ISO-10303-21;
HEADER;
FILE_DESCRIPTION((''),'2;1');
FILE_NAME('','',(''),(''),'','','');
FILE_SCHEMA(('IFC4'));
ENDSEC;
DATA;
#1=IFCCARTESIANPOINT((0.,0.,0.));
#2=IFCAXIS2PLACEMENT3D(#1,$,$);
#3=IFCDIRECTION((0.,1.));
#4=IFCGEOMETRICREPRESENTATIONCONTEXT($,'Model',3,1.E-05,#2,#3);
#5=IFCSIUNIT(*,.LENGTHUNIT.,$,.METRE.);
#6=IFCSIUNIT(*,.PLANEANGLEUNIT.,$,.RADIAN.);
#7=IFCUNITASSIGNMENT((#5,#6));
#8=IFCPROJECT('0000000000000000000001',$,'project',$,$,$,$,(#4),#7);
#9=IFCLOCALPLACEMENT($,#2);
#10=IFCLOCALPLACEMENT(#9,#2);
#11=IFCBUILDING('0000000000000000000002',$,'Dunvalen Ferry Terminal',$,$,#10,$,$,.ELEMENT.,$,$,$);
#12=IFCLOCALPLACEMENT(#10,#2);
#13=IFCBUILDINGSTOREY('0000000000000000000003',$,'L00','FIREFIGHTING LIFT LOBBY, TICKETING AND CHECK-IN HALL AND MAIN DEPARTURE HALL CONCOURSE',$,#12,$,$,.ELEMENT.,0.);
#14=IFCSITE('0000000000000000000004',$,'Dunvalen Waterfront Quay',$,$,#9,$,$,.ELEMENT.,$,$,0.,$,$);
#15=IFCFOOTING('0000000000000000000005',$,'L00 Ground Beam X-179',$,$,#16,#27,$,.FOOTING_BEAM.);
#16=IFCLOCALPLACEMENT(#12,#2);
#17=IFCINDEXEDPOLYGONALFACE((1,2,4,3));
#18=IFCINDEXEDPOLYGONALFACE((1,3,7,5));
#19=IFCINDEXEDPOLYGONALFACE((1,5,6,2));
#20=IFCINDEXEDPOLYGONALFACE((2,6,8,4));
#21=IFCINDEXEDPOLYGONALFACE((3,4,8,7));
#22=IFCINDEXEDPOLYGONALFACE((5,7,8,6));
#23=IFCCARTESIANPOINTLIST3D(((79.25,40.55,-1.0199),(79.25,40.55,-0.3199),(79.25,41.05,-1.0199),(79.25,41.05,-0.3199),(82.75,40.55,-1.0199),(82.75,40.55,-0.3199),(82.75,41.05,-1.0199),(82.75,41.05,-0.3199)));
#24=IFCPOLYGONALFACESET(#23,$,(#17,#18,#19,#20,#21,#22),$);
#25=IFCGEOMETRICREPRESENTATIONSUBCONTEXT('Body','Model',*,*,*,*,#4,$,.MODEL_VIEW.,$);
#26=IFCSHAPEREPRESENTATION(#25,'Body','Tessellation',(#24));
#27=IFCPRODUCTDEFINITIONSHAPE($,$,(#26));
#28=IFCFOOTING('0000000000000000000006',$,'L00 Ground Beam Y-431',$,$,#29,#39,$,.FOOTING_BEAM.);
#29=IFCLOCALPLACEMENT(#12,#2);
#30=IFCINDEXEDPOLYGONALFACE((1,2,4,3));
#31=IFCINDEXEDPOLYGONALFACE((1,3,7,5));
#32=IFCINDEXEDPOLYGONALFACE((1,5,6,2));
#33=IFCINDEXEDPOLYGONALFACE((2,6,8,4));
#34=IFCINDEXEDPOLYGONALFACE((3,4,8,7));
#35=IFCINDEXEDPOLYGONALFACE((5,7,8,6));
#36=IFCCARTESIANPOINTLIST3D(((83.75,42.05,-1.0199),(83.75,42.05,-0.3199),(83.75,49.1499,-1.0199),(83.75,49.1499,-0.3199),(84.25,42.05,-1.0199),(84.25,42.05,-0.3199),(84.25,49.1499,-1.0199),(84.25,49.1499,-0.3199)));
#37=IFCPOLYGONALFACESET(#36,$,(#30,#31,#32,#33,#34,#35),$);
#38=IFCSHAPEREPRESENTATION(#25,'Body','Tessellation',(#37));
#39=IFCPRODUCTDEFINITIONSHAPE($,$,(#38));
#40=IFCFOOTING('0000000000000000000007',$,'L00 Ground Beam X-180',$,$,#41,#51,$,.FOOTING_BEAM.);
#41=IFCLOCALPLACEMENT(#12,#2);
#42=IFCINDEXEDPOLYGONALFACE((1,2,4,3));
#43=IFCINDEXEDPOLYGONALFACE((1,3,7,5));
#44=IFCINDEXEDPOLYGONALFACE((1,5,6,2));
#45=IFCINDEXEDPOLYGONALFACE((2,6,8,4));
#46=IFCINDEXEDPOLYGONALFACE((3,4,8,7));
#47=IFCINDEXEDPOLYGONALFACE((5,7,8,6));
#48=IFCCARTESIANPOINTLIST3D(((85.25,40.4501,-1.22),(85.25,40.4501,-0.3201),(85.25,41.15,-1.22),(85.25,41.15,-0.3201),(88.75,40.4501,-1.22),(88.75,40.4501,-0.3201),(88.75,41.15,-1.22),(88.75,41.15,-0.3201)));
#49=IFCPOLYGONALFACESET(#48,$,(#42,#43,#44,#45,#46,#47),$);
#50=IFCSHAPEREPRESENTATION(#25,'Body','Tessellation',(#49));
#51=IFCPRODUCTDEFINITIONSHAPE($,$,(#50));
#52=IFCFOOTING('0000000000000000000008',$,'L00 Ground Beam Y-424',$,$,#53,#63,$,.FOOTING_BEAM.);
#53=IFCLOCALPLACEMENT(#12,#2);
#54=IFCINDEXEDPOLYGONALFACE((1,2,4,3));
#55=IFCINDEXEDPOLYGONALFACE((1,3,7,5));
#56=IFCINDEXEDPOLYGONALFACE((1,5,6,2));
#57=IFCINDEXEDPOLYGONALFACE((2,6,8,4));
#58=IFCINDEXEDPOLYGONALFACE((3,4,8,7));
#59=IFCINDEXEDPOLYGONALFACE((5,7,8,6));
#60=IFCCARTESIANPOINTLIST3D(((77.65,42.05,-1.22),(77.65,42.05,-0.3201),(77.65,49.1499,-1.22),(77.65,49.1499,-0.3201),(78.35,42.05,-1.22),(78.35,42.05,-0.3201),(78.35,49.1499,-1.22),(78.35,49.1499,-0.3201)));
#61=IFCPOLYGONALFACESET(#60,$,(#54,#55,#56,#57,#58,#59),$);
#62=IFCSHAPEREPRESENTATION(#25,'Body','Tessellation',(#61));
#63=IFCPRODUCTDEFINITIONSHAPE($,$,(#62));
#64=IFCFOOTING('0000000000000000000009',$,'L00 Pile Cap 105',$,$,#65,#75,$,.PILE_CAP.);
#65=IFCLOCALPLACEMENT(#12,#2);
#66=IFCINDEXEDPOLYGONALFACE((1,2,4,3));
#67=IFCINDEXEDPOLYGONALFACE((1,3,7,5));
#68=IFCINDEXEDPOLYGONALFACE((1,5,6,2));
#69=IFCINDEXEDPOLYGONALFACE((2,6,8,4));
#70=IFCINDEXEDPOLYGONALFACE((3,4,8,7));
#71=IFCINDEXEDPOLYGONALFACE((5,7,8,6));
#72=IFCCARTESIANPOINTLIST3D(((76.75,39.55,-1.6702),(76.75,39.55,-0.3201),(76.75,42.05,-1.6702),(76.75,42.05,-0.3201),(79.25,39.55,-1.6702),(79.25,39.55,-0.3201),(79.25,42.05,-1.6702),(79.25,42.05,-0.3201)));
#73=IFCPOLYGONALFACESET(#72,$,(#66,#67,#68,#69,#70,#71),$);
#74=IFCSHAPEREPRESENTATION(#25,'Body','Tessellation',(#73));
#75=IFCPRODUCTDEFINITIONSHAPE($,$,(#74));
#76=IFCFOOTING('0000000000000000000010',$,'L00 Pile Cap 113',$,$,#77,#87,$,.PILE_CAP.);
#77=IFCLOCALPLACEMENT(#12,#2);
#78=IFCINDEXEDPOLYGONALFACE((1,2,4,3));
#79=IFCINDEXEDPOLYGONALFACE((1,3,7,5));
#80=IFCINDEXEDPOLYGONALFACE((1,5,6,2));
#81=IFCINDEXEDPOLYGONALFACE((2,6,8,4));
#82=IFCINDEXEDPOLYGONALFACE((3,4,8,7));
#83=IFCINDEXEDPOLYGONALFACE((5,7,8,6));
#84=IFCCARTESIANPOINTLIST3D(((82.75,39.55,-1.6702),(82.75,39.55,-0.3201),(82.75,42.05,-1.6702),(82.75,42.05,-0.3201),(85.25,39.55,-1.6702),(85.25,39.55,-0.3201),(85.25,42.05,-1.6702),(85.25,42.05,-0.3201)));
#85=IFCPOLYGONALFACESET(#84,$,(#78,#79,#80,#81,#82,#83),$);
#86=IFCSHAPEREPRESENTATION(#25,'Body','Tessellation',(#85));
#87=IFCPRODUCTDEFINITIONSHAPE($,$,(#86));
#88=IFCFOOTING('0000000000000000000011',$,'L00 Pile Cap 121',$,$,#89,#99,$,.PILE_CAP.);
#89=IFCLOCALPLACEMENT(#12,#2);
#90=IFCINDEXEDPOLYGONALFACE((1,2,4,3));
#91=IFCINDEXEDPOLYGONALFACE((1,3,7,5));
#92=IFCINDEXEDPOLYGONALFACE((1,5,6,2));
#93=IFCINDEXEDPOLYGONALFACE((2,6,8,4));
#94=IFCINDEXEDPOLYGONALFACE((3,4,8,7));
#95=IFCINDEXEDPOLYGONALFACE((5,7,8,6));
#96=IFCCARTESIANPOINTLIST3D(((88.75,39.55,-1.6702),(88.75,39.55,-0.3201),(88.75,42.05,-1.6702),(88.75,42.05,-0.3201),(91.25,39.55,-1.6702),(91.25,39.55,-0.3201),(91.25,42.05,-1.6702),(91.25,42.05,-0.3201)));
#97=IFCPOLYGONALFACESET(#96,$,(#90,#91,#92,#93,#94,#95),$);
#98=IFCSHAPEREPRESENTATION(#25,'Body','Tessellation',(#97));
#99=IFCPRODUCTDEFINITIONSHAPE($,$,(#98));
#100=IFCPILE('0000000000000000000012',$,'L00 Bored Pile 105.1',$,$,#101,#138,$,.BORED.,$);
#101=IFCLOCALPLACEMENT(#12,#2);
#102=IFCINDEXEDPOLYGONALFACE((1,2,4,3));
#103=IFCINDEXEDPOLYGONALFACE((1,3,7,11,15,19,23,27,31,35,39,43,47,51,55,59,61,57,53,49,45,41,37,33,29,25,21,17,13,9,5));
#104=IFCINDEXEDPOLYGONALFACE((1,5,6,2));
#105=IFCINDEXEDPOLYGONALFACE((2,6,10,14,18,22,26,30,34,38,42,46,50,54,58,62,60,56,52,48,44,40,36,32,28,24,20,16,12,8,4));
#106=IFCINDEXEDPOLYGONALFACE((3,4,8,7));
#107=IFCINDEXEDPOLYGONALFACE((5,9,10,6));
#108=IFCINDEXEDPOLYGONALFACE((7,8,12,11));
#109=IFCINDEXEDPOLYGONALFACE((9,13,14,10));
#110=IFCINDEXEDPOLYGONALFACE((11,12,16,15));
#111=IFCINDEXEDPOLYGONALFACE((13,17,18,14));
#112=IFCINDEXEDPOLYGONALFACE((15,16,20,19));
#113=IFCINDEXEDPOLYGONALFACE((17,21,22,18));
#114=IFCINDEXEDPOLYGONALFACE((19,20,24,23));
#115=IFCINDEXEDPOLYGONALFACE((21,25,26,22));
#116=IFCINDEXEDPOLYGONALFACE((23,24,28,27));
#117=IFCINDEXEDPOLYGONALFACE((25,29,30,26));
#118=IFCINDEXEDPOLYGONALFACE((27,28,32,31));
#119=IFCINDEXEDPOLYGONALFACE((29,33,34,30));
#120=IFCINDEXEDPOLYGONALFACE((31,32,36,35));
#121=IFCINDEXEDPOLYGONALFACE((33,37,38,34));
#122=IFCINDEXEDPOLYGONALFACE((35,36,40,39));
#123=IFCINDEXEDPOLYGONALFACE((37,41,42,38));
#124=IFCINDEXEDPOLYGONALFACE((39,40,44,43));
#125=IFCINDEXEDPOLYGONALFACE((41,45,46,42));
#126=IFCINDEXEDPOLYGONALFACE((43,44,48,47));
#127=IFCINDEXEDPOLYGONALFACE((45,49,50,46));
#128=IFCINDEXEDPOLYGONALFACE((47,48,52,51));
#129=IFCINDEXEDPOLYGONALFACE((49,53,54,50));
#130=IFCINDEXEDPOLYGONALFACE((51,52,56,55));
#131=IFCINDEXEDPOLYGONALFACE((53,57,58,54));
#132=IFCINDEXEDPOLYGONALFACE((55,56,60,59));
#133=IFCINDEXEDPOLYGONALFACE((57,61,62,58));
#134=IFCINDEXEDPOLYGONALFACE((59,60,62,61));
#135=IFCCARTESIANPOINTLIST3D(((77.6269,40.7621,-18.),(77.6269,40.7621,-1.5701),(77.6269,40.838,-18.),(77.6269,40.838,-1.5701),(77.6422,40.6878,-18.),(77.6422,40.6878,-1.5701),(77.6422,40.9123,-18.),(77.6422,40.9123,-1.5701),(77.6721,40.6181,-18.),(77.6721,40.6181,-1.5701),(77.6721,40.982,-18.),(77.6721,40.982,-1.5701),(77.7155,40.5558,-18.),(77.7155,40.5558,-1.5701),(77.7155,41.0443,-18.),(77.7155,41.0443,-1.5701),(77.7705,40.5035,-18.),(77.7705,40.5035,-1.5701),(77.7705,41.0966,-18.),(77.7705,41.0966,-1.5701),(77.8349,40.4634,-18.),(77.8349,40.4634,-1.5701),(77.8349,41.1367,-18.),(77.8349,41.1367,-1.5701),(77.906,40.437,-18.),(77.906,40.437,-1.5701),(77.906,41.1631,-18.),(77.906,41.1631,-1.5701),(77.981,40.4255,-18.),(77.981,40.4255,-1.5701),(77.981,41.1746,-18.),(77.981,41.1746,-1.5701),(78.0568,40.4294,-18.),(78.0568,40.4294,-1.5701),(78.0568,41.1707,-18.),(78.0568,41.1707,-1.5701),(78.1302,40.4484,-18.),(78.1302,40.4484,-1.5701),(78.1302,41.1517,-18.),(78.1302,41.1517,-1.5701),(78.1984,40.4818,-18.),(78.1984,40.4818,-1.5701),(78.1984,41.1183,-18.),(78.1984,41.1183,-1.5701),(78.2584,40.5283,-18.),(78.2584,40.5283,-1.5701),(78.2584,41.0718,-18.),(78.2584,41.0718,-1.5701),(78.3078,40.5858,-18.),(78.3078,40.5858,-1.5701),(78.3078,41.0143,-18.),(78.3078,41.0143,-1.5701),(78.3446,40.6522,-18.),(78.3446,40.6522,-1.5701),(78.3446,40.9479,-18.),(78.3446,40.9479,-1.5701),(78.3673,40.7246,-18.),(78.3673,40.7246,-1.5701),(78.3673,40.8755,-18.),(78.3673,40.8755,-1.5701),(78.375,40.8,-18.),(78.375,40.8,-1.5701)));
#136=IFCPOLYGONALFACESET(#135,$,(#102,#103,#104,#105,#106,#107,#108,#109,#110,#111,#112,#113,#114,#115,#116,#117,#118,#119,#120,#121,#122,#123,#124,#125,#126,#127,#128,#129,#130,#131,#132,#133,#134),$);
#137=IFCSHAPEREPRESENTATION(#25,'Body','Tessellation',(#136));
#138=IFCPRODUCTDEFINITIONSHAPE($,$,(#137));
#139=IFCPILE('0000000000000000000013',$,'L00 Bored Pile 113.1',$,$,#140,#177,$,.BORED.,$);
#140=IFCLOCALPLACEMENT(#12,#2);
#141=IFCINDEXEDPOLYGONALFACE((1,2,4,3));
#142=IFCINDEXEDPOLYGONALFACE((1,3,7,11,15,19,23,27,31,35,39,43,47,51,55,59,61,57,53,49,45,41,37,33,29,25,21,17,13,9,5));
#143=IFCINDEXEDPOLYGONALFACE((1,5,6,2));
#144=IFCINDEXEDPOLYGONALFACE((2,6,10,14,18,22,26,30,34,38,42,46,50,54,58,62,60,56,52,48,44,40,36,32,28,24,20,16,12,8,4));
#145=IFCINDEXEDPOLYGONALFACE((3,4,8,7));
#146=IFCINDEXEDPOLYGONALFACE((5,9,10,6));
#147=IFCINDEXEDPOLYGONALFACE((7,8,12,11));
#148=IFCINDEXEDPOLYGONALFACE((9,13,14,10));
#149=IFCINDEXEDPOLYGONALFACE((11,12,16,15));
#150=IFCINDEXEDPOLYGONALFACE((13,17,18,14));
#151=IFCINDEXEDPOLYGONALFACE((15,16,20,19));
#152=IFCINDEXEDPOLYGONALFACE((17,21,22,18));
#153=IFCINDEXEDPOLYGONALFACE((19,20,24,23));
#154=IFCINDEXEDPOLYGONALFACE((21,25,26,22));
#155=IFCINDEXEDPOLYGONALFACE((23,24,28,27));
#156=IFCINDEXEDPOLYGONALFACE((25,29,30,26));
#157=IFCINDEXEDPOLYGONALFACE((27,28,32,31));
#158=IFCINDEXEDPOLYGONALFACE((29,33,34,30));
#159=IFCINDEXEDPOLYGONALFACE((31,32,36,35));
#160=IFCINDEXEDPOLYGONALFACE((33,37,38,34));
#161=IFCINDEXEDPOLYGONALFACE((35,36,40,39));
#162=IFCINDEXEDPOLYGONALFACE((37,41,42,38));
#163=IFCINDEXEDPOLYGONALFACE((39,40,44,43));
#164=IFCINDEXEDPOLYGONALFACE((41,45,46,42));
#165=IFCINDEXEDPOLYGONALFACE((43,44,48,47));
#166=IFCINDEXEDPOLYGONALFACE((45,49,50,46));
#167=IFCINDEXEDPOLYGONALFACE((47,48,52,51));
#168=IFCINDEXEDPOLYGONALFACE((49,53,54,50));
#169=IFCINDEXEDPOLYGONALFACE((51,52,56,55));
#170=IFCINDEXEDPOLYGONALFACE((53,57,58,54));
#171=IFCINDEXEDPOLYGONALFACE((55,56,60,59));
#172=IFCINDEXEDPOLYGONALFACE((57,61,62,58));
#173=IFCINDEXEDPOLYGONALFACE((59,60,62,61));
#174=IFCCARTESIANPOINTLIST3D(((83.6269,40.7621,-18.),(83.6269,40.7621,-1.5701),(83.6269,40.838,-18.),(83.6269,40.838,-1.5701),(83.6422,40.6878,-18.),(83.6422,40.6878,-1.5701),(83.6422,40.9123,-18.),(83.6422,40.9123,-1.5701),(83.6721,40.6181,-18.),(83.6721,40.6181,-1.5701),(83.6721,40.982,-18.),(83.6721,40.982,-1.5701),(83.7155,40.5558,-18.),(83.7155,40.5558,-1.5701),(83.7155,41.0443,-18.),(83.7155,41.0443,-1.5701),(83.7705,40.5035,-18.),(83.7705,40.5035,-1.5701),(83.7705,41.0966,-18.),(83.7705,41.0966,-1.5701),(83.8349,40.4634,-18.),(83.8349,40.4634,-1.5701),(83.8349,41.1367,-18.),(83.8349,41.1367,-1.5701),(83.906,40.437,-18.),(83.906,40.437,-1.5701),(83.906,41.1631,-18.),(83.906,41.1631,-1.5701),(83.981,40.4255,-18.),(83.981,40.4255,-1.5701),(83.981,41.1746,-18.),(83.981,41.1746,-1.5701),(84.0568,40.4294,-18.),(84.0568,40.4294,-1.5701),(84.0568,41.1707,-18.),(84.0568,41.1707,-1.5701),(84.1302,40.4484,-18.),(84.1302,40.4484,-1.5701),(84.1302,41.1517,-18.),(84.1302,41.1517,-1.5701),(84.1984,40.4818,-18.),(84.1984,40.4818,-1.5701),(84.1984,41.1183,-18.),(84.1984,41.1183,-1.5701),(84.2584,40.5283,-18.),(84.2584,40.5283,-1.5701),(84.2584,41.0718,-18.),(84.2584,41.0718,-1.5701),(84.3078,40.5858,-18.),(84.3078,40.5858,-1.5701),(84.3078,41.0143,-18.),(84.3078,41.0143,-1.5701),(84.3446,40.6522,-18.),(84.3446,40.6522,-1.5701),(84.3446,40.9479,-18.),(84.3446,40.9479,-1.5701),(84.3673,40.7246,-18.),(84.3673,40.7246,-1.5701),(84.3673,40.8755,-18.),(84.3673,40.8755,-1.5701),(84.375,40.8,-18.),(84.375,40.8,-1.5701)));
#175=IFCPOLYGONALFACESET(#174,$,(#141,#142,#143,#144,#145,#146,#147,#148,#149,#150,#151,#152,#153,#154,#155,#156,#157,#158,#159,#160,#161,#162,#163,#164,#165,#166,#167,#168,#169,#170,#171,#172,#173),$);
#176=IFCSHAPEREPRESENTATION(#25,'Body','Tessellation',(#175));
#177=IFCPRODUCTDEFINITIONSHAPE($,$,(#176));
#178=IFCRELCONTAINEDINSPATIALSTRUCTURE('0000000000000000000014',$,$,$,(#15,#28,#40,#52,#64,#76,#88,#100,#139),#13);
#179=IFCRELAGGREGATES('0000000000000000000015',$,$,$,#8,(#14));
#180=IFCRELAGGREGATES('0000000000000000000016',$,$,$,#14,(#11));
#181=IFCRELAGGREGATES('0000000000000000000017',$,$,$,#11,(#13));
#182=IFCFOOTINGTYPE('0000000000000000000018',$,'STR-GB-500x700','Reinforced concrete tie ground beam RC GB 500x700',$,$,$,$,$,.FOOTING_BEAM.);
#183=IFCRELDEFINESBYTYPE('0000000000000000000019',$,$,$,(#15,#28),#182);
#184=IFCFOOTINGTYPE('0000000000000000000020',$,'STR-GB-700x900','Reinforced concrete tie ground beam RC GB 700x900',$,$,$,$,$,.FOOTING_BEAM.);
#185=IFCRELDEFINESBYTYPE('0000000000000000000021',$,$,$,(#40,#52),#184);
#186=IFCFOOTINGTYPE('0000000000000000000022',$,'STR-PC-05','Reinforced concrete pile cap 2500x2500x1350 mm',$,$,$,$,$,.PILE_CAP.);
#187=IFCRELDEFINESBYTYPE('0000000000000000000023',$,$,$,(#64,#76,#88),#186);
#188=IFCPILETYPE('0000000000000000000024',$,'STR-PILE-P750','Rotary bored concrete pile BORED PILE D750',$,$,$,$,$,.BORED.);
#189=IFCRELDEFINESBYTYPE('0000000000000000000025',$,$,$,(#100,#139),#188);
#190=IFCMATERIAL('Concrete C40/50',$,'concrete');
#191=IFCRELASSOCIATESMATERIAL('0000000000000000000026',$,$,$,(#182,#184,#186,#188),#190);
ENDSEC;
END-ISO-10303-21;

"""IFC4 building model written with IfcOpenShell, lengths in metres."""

from ifc_helpers import new_model, si_unit, direction, frame, origin, origin_2d, place, context, subcontext, project, spatial, rectangle, circle, extrude, material, material_profile, profile_set, type_object, element, save


model = new_model("IFC4")

# Units and contexts
model_context = context("Model", 3, precision=1e-05, world=origin(), true_north=direction((0.0, 1.0)))
body_context = subcontext(model_context, "Body", "Model", "MODEL_VIEW")
ifc_project = project(units=[si_unit("LENGTHUNIT", "METRE"), si_unit("PLANEANGLEUNIT", "RADIAN")], contexts=[model_context])

# Site, building, storey
site_placement = place(None, origin())
site = spatial("IfcSite", under=ifc_project, at=site_placement, Name="Dunvalen Waterfront Quay", CompositionType="ELEMENT", RefElevation=0.0)
building_placement = place(site_placement, origin())
building = spatial("IfcBuilding", under=site, at=building_placement, Name="Dunvalen Ferry Terminal", CompositionType="ELEMENT")
storey_placement = place(building_placement, origin())
storey = spatial("IfcBuildingStorey", under=building, at=storey_placement, Name="L00", Description="FIREFIGHTING LIFT LOBBY, TICKETING AND CHECK-IN HALL AND MAIN DEPARTURE HALL CONCOURSE", CompositionType="ELEMENT", Elevation=0.0)

# Footings
ifc_material_1 = material(Name="Concrete C40/50", Category="concrete")
ifc_material_profile_1 = material_profile(ifc_material_1, rectangle(XDim=0.5, YDim=0.7, at=origin_2d()), Name="Concrete C40/50")
ifc_profile_set_1 = profile_set([ifc_material_profile_1], Name="Concrete C40/50")
footing_type_1 = type_object("IfcFootingType", Name="STR-GB-500x700", Description="Reinforced concrete tie ground beam RC GB 500x700", PredefinedType="FOOTING_BEAM", material=ifc_profile_set_1)
footing_1_placement = place(storey_placement, frame((79.25, 40.8, -0.6699), z_axis=(1.0, 0.0, 0.0), x_axis=(0.0, 1.0, 0.0)))
element("IfcFooting", 1, at=footing_1_placement, inside=storey, type_object=footing_type_1, Name="L00 Ground Beam X-179", PredefinedType="FOOTING_BEAM", context=body_context, shape_type="SweptSolid", body=[
    extrude(rectangle(XDim=0.5, YDim=0.7, at=origin_2d()), origin(), (0.0, 0.0, 1.0), 3.5),
])
footing_2_placement = place(storey_placement, frame((84.0, 42.05, -0.6699), z_axis=(0.0, 1.0, 0.0), x_axis=(-1.0, 0.0, 0.0)))
element("IfcFooting", 2, at=footing_2_placement, inside=storey, type_object=footing_type_1, Name="L00 Ground Beam Y-431", PredefinedType="FOOTING_BEAM", context=body_context, shape_type="SweptSolid", body=[
    extrude(rectangle(XDim=0.5, YDim=0.7, at=origin_2d()), origin(), (0.0, 0.0, 1.0), 7.0999),
])
ifc_material_profile_2 = material_profile(ifc_material_1, rectangle(XDim=0.7, YDim=0.8999, at=origin_2d()), Name="Concrete C40/50")
ifc_profile_set_2 = profile_set([ifc_material_profile_2], Name="Concrete C40/50")
footing_type_2 = type_object("IfcFootingType", Name="STR-GB-700x900", Description="Reinforced concrete tie ground beam RC GB 700x900", PredefinedType="FOOTING_BEAM", material=ifc_profile_set_2)
footing_3_placement = place(storey_placement, frame((85.25, 40.8, -0.77), z_axis=(1.0, 0.0, 0.0), x_axis=(0.0, 1.0, 0.0)))
element("IfcFooting", 3, at=footing_3_placement, inside=storey, type_object=footing_type_2, Name="L00 Ground Beam X-180", PredefinedType="FOOTING_BEAM", context=body_context, shape_type="SweptSolid", body=[
    extrude(rectangle(XDim=0.7, YDim=0.8999, at=origin_2d()), origin(), (0.0, 0.0, 1.0), 3.5),
])
footing_4_placement = place(storey_placement, frame((78.0, 42.05, -0.77), z_axis=(0.0, 1.0, 0.0), x_axis=(-1.0, 0.0, 0.0)))
element("IfcFooting", 4, at=footing_4_placement, inside=storey, type_object=footing_type_2, Name="L00 Ground Beam Y-424", PredefinedType="FOOTING_BEAM", context=body_context, shape_type="SweptSolid", body=[
    extrude(rectangle(XDim=0.7, YDim=0.8999, at=origin_2d()), origin(), (0.0, 0.0, 1.0), 7.0999),
])
footing_type_3 = type_object("IfcFootingType", Name="STR-PC-05", Description="Reinforced concrete pile cap 2500x2500x1350 mm", PredefinedType="PILE_CAP", material=ifc_material_1)
for number, where, z_axis, x_axis, name in (
    (5, (78.0, 40.8, -1.6702), (0.0, 0.0, 1.0), (1.0, 0.0, 0.0), "L00 Pile Cap 105"),
    (6, (84.0, 40.8, -1.6702), (0.0, 0.0, 1.0), (1.0, 0.0, 0.0), "L00 Pile Cap 113"),
    (7, (90.0, 40.8, -1.6702), (0.0, 0.0, 1.0), (1.0, 0.0, 0.0), "L00 Pile Cap 121"),
):
    element("IfcFooting", number, at=place(storey_placement, frame(where, z_axis=z_axis, x_axis=x_axis)), inside=storey, type_object=footing_type_3, Name=name, PredefinedType="PILE_CAP", context=body_context, shape_type="SweptSolid", body=[
        extrude(rectangle(XDim=2.5, YDim=2.5, at=origin_2d()), origin(), (0.0, 0.0, 1.0), 1.3501),
    ])

# Piles
ifc_material_profile_3 = material_profile(ifc_material_1, circle(Radius=0.375, at=origin_2d()), Name="Concrete C40/50")
ifc_profile_set_3 = profile_set([ifc_material_profile_3], Name="Concrete C40/50")
pile_type = type_object("IfcPileType", Name="STR-PILE-P750", Description="Rotary bored concrete pile BORED PILE D750", PredefinedType="BORED", material=ifc_profile_set_3)
for number, where, z_axis, x_axis, name in (
    (8, (78.0, 40.8, -1.5701), (0.0, 0.0, -1.0), (1.0, 0.0, 0.0), "L00 Bored Pile 105.1"),
    (9, (84.0, 40.8, -1.5701), (0.0, 0.0, -1.0), (1.0, 0.0, 0.0), "L00 Bored Pile 113.1"),
):
    element("IfcPile", number, at=place(storey_placement, frame(where, z_axis=z_axis, x_axis=x_axis)), inside=storey, type_object=pile_type, Name=name, PredefinedType="BORED", context=body_context, shape_type="SweptSolid", body=[
        extrude(circle(Radius=0.375, at=origin_2d()), origin(), (0.0, 0.0, 1.0), 16.4299),
    ])

save(model, "model.ifc")
